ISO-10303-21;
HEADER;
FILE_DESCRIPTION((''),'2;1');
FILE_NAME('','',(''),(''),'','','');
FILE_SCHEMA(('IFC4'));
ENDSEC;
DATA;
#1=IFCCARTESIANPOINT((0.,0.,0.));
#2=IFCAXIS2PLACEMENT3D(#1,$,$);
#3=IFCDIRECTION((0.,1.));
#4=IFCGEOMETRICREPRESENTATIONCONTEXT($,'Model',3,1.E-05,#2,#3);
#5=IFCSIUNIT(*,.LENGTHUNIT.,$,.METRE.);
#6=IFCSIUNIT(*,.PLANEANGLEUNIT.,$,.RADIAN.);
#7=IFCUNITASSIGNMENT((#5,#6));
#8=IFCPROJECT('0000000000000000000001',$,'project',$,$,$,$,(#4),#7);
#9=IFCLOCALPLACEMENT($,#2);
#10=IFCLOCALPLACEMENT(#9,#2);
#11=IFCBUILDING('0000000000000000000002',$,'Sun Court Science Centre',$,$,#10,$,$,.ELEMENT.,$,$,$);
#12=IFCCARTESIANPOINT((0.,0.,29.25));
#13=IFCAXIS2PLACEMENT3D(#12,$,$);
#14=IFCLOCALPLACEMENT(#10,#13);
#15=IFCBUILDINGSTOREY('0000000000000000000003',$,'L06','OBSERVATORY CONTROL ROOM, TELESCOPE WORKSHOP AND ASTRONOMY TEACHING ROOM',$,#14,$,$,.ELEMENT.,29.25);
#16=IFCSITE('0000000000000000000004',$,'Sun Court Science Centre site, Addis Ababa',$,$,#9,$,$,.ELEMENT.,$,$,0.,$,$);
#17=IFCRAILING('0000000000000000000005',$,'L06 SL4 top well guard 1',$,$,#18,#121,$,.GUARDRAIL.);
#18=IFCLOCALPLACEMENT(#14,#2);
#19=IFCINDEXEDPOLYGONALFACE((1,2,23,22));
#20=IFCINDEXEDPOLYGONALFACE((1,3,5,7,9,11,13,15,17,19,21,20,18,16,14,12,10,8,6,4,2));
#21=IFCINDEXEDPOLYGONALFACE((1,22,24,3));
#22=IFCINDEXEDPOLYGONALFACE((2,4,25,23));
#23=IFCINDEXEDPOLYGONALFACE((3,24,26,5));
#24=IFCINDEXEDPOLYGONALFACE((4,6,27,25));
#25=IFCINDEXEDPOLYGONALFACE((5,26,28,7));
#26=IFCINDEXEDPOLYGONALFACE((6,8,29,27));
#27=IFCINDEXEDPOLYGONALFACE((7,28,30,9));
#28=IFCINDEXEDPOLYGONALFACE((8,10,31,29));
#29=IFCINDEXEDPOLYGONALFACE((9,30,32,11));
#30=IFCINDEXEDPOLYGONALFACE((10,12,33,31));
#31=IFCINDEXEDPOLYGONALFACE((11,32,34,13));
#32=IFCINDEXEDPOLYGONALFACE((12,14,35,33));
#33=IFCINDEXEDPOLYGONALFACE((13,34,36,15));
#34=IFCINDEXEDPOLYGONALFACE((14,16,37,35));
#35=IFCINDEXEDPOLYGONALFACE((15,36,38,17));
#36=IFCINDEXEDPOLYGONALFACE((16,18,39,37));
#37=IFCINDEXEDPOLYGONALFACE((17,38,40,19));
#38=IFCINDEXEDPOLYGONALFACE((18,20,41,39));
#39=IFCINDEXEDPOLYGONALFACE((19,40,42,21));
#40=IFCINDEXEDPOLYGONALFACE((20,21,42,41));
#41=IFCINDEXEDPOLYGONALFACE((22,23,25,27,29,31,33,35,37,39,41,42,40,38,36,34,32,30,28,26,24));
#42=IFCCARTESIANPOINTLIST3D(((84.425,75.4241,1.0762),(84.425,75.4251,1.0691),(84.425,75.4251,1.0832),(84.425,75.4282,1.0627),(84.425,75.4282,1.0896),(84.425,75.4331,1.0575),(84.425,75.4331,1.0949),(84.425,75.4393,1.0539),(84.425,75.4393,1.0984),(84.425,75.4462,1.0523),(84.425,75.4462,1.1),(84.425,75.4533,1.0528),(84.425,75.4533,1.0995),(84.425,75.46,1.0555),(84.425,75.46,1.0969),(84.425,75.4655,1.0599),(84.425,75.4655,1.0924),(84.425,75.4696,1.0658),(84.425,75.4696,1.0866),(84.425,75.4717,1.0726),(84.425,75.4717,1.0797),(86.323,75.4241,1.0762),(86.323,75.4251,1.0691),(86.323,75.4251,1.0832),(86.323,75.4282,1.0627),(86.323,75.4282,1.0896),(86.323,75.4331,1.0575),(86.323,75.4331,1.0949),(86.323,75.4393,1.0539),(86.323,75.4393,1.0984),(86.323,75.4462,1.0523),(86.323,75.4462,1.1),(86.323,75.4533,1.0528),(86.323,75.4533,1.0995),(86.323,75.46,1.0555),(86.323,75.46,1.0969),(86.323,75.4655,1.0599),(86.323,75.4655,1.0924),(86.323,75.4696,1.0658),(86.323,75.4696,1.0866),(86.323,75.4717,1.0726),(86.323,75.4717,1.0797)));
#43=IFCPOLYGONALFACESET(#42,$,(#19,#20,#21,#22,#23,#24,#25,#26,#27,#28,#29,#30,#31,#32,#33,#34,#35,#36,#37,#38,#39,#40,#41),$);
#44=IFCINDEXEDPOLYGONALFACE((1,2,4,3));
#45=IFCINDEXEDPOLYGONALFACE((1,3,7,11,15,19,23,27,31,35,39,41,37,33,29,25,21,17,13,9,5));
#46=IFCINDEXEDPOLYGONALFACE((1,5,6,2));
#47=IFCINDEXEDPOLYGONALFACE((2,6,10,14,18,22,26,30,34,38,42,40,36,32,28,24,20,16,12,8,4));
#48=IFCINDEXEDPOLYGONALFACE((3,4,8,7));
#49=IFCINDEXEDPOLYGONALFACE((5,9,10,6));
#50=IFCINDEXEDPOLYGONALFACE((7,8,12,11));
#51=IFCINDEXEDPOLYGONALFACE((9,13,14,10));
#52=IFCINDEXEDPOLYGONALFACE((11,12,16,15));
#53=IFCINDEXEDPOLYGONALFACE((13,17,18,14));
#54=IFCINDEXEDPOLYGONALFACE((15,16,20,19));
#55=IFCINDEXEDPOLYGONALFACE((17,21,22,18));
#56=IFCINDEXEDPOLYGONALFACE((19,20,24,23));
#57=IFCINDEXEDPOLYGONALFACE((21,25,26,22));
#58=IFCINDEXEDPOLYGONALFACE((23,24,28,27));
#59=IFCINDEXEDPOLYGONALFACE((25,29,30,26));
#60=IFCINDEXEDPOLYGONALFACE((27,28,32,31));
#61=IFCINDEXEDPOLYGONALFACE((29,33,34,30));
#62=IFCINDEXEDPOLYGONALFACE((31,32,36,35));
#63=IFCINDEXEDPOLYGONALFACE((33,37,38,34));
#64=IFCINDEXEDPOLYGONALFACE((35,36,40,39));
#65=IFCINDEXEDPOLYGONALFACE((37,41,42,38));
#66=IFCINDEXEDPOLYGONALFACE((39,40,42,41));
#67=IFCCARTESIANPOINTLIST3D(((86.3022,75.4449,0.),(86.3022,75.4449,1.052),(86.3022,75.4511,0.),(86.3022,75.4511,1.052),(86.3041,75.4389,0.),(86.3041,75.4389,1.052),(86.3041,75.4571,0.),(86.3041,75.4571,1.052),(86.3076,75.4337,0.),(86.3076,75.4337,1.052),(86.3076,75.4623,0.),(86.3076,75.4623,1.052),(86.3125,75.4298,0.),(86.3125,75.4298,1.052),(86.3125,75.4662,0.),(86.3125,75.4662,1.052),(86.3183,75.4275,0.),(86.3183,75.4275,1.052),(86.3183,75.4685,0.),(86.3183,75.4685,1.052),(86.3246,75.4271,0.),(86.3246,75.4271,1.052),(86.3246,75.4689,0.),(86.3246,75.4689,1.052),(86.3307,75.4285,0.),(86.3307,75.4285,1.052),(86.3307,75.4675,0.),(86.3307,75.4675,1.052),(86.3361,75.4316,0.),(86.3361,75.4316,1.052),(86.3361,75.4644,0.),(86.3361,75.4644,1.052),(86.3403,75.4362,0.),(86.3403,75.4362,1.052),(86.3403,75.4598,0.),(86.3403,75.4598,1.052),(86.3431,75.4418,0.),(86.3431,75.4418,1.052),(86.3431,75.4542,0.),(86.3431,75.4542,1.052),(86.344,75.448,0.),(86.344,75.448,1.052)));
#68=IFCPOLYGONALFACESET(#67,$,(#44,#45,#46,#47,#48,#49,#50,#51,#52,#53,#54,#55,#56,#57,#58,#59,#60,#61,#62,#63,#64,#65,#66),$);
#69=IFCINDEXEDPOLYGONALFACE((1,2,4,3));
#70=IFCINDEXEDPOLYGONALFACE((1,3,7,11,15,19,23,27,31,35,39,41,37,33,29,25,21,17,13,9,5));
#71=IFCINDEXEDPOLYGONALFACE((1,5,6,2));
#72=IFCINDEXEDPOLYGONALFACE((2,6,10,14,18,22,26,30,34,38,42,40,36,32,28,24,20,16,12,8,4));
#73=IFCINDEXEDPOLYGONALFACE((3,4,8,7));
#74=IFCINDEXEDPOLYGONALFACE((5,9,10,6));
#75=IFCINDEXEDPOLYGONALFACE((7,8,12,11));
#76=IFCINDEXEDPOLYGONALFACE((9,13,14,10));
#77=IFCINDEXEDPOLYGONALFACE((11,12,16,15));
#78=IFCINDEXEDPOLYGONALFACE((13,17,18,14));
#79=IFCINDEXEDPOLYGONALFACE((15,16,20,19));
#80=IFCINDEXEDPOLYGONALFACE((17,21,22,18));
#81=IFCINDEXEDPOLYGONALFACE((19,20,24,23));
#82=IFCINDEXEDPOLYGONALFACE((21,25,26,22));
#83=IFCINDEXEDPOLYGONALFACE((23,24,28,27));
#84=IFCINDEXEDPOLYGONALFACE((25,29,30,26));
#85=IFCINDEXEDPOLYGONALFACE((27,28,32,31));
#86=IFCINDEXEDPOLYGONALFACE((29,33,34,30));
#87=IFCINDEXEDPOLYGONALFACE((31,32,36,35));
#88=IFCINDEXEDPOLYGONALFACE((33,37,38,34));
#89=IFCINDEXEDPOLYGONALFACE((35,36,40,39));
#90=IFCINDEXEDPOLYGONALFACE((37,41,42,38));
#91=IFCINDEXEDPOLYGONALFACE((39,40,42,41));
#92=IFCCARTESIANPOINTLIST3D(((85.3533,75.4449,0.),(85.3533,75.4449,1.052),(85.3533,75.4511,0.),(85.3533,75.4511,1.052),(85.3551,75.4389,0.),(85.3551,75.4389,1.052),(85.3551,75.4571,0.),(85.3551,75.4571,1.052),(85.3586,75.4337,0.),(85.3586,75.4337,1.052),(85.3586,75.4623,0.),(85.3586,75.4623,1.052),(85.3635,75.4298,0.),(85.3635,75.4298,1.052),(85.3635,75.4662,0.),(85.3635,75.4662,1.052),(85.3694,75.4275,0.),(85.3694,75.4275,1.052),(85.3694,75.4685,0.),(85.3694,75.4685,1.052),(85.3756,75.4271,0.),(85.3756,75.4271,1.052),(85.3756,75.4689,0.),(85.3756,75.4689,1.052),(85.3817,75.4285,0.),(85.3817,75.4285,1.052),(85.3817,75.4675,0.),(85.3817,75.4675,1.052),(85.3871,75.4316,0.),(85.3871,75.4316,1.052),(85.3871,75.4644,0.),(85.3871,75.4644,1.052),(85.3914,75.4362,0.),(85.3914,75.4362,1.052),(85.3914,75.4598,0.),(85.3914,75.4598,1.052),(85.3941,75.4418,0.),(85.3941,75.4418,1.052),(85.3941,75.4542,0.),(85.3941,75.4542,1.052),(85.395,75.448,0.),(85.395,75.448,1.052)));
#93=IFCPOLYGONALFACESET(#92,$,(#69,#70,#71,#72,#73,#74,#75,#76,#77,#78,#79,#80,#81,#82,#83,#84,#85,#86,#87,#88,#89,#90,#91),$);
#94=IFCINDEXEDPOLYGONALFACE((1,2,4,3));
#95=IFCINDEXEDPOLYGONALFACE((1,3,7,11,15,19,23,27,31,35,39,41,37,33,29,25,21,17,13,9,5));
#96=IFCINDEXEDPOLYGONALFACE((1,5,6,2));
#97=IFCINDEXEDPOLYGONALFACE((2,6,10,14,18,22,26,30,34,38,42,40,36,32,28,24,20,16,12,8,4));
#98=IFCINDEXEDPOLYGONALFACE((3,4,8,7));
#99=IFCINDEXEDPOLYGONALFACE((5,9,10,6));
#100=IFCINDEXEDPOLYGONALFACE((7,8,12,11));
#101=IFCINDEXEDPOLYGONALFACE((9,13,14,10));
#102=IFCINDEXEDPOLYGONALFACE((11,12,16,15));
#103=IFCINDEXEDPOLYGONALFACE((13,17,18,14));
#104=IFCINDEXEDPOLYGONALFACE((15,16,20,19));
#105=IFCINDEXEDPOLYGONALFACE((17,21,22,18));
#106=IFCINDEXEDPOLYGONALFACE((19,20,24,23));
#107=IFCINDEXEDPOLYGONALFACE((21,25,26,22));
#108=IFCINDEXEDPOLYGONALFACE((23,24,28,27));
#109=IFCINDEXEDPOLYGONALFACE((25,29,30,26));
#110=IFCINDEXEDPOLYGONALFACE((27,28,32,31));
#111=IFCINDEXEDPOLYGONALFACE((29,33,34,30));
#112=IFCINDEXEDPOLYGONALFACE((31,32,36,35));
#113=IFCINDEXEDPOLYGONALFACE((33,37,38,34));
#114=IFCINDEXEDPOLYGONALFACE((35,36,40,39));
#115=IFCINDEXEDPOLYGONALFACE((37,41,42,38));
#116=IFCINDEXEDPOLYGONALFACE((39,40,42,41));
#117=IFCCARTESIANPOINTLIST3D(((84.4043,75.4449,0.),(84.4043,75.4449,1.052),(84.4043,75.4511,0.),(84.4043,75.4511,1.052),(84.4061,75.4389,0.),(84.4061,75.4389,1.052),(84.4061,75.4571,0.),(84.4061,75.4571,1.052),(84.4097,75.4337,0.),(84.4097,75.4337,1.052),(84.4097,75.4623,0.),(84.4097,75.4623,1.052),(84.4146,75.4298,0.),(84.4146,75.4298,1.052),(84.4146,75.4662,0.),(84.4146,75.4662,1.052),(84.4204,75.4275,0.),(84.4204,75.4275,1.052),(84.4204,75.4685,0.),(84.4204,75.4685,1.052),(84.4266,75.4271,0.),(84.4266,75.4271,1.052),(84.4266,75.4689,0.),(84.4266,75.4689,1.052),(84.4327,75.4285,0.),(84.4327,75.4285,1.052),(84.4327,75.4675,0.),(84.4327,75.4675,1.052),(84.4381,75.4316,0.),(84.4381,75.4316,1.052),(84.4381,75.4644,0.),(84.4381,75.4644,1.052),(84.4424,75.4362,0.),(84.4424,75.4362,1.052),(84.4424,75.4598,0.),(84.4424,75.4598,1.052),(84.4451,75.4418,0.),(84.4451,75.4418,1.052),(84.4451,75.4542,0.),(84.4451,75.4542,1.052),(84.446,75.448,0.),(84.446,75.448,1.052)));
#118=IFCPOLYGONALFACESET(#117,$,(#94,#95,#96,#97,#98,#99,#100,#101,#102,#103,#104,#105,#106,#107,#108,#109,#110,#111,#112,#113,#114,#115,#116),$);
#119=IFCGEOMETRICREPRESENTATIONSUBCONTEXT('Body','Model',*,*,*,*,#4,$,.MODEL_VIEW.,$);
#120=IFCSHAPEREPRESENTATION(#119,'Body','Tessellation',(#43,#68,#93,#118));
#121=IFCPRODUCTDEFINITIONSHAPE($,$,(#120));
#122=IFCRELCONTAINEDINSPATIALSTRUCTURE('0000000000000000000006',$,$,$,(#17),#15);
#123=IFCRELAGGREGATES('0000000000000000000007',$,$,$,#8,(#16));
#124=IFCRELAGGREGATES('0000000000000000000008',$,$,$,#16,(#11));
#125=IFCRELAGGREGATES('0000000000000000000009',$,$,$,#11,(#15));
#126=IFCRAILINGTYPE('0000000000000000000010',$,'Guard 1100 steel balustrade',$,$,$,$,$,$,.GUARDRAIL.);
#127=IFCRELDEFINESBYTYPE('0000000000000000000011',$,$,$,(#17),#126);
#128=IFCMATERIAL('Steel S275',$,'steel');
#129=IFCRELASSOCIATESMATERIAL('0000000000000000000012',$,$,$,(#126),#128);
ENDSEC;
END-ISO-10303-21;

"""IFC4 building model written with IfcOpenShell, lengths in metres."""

from ifc_helpers import new_model, si_unit, direction, frame, origin, origin_2d, place, context, subcontext, project, spatial, circle, extrude, material, type_object, element, save


model = new_model("IFC4")

# Units and contexts
model_context = context("Model", 3, precision=1e-05, world=origin(), true_north=direction((0.0, 1.0)))
body_context = subcontext(model_context, "Body", "Model", "MODEL_VIEW")
ifc_project = project(units=[si_unit("LENGTHUNIT", "METRE"), si_unit("PLANEANGLEUNIT", "RADIAN")], contexts=[model_context])

# Site, building, storey
site_placement = place(None, origin())
site = spatial("IfcSite", under=ifc_project, at=site_placement, Name="Sun Court Science Centre site, Addis Ababa", CompositionType="ELEMENT", RefElevation=0.0)
building_placement = place(site_placement, origin())
building = spatial("IfcBuilding", under=site, at=building_placement, Name="Sun Court Science Centre", CompositionType="ELEMENT")
storey_placement = place(building_placement, frame((0.0, 0.0, 29.25)))
storey = spatial("IfcBuildingStorey", under=building, at=storey_placement, Name="L06", Description="OBSERVATORY CONTROL ROOM, TELESCOPE WORKSHOP AND ASTRONOMY TEACHING ROOM", CompositionType="ELEMENT", Elevation=29.25)

# Railing
ifc_material_1 = material(Name="Steel S275", Category="steel")
railing_type = type_object("IfcRailingType", Name="Guard 1100 steel balustrade", PredefinedType="GUARDRAIL", material=ifc_material_1)
railing_placement = place(storey_placement, frame((86.323, 75.448, 0.0)))
element("IfcRailing", 1, at=railing_placement, inside=storey, type_object=railing_type, Name="L06 SL4 top well guard 1", PredefinedType="GUARDRAIL", context=body_context, shape_type="SweptSolid", body=[
    extrude(circle(Radius=0.0239, at=origin_2d()), frame((0.0, 0.0, 1.0762), z_axis=(-1.0, 0.0, 0.0), x_axis=(0.0, -1.0, 0.0)), (0.0, 0.0, 1.0), 1.8979),
    extrude(circle(Radius=0.021, at=origin_2d()), origin(), (0.0, 0.0, 1.0), 1.052),
    extrude(circle(Radius=0.021, at=origin_2d()), frame((-0.949, 0.0, 0.0)), (0.0, 0.0, 1.0), 1.052),
    extrude(circle(Radius=0.021, at=origin_2d()), frame((-1.8979, 0.0, 0.0)), (0.0, 0.0, 1.0), 1.052),
])

save(model, "model.ifc")
